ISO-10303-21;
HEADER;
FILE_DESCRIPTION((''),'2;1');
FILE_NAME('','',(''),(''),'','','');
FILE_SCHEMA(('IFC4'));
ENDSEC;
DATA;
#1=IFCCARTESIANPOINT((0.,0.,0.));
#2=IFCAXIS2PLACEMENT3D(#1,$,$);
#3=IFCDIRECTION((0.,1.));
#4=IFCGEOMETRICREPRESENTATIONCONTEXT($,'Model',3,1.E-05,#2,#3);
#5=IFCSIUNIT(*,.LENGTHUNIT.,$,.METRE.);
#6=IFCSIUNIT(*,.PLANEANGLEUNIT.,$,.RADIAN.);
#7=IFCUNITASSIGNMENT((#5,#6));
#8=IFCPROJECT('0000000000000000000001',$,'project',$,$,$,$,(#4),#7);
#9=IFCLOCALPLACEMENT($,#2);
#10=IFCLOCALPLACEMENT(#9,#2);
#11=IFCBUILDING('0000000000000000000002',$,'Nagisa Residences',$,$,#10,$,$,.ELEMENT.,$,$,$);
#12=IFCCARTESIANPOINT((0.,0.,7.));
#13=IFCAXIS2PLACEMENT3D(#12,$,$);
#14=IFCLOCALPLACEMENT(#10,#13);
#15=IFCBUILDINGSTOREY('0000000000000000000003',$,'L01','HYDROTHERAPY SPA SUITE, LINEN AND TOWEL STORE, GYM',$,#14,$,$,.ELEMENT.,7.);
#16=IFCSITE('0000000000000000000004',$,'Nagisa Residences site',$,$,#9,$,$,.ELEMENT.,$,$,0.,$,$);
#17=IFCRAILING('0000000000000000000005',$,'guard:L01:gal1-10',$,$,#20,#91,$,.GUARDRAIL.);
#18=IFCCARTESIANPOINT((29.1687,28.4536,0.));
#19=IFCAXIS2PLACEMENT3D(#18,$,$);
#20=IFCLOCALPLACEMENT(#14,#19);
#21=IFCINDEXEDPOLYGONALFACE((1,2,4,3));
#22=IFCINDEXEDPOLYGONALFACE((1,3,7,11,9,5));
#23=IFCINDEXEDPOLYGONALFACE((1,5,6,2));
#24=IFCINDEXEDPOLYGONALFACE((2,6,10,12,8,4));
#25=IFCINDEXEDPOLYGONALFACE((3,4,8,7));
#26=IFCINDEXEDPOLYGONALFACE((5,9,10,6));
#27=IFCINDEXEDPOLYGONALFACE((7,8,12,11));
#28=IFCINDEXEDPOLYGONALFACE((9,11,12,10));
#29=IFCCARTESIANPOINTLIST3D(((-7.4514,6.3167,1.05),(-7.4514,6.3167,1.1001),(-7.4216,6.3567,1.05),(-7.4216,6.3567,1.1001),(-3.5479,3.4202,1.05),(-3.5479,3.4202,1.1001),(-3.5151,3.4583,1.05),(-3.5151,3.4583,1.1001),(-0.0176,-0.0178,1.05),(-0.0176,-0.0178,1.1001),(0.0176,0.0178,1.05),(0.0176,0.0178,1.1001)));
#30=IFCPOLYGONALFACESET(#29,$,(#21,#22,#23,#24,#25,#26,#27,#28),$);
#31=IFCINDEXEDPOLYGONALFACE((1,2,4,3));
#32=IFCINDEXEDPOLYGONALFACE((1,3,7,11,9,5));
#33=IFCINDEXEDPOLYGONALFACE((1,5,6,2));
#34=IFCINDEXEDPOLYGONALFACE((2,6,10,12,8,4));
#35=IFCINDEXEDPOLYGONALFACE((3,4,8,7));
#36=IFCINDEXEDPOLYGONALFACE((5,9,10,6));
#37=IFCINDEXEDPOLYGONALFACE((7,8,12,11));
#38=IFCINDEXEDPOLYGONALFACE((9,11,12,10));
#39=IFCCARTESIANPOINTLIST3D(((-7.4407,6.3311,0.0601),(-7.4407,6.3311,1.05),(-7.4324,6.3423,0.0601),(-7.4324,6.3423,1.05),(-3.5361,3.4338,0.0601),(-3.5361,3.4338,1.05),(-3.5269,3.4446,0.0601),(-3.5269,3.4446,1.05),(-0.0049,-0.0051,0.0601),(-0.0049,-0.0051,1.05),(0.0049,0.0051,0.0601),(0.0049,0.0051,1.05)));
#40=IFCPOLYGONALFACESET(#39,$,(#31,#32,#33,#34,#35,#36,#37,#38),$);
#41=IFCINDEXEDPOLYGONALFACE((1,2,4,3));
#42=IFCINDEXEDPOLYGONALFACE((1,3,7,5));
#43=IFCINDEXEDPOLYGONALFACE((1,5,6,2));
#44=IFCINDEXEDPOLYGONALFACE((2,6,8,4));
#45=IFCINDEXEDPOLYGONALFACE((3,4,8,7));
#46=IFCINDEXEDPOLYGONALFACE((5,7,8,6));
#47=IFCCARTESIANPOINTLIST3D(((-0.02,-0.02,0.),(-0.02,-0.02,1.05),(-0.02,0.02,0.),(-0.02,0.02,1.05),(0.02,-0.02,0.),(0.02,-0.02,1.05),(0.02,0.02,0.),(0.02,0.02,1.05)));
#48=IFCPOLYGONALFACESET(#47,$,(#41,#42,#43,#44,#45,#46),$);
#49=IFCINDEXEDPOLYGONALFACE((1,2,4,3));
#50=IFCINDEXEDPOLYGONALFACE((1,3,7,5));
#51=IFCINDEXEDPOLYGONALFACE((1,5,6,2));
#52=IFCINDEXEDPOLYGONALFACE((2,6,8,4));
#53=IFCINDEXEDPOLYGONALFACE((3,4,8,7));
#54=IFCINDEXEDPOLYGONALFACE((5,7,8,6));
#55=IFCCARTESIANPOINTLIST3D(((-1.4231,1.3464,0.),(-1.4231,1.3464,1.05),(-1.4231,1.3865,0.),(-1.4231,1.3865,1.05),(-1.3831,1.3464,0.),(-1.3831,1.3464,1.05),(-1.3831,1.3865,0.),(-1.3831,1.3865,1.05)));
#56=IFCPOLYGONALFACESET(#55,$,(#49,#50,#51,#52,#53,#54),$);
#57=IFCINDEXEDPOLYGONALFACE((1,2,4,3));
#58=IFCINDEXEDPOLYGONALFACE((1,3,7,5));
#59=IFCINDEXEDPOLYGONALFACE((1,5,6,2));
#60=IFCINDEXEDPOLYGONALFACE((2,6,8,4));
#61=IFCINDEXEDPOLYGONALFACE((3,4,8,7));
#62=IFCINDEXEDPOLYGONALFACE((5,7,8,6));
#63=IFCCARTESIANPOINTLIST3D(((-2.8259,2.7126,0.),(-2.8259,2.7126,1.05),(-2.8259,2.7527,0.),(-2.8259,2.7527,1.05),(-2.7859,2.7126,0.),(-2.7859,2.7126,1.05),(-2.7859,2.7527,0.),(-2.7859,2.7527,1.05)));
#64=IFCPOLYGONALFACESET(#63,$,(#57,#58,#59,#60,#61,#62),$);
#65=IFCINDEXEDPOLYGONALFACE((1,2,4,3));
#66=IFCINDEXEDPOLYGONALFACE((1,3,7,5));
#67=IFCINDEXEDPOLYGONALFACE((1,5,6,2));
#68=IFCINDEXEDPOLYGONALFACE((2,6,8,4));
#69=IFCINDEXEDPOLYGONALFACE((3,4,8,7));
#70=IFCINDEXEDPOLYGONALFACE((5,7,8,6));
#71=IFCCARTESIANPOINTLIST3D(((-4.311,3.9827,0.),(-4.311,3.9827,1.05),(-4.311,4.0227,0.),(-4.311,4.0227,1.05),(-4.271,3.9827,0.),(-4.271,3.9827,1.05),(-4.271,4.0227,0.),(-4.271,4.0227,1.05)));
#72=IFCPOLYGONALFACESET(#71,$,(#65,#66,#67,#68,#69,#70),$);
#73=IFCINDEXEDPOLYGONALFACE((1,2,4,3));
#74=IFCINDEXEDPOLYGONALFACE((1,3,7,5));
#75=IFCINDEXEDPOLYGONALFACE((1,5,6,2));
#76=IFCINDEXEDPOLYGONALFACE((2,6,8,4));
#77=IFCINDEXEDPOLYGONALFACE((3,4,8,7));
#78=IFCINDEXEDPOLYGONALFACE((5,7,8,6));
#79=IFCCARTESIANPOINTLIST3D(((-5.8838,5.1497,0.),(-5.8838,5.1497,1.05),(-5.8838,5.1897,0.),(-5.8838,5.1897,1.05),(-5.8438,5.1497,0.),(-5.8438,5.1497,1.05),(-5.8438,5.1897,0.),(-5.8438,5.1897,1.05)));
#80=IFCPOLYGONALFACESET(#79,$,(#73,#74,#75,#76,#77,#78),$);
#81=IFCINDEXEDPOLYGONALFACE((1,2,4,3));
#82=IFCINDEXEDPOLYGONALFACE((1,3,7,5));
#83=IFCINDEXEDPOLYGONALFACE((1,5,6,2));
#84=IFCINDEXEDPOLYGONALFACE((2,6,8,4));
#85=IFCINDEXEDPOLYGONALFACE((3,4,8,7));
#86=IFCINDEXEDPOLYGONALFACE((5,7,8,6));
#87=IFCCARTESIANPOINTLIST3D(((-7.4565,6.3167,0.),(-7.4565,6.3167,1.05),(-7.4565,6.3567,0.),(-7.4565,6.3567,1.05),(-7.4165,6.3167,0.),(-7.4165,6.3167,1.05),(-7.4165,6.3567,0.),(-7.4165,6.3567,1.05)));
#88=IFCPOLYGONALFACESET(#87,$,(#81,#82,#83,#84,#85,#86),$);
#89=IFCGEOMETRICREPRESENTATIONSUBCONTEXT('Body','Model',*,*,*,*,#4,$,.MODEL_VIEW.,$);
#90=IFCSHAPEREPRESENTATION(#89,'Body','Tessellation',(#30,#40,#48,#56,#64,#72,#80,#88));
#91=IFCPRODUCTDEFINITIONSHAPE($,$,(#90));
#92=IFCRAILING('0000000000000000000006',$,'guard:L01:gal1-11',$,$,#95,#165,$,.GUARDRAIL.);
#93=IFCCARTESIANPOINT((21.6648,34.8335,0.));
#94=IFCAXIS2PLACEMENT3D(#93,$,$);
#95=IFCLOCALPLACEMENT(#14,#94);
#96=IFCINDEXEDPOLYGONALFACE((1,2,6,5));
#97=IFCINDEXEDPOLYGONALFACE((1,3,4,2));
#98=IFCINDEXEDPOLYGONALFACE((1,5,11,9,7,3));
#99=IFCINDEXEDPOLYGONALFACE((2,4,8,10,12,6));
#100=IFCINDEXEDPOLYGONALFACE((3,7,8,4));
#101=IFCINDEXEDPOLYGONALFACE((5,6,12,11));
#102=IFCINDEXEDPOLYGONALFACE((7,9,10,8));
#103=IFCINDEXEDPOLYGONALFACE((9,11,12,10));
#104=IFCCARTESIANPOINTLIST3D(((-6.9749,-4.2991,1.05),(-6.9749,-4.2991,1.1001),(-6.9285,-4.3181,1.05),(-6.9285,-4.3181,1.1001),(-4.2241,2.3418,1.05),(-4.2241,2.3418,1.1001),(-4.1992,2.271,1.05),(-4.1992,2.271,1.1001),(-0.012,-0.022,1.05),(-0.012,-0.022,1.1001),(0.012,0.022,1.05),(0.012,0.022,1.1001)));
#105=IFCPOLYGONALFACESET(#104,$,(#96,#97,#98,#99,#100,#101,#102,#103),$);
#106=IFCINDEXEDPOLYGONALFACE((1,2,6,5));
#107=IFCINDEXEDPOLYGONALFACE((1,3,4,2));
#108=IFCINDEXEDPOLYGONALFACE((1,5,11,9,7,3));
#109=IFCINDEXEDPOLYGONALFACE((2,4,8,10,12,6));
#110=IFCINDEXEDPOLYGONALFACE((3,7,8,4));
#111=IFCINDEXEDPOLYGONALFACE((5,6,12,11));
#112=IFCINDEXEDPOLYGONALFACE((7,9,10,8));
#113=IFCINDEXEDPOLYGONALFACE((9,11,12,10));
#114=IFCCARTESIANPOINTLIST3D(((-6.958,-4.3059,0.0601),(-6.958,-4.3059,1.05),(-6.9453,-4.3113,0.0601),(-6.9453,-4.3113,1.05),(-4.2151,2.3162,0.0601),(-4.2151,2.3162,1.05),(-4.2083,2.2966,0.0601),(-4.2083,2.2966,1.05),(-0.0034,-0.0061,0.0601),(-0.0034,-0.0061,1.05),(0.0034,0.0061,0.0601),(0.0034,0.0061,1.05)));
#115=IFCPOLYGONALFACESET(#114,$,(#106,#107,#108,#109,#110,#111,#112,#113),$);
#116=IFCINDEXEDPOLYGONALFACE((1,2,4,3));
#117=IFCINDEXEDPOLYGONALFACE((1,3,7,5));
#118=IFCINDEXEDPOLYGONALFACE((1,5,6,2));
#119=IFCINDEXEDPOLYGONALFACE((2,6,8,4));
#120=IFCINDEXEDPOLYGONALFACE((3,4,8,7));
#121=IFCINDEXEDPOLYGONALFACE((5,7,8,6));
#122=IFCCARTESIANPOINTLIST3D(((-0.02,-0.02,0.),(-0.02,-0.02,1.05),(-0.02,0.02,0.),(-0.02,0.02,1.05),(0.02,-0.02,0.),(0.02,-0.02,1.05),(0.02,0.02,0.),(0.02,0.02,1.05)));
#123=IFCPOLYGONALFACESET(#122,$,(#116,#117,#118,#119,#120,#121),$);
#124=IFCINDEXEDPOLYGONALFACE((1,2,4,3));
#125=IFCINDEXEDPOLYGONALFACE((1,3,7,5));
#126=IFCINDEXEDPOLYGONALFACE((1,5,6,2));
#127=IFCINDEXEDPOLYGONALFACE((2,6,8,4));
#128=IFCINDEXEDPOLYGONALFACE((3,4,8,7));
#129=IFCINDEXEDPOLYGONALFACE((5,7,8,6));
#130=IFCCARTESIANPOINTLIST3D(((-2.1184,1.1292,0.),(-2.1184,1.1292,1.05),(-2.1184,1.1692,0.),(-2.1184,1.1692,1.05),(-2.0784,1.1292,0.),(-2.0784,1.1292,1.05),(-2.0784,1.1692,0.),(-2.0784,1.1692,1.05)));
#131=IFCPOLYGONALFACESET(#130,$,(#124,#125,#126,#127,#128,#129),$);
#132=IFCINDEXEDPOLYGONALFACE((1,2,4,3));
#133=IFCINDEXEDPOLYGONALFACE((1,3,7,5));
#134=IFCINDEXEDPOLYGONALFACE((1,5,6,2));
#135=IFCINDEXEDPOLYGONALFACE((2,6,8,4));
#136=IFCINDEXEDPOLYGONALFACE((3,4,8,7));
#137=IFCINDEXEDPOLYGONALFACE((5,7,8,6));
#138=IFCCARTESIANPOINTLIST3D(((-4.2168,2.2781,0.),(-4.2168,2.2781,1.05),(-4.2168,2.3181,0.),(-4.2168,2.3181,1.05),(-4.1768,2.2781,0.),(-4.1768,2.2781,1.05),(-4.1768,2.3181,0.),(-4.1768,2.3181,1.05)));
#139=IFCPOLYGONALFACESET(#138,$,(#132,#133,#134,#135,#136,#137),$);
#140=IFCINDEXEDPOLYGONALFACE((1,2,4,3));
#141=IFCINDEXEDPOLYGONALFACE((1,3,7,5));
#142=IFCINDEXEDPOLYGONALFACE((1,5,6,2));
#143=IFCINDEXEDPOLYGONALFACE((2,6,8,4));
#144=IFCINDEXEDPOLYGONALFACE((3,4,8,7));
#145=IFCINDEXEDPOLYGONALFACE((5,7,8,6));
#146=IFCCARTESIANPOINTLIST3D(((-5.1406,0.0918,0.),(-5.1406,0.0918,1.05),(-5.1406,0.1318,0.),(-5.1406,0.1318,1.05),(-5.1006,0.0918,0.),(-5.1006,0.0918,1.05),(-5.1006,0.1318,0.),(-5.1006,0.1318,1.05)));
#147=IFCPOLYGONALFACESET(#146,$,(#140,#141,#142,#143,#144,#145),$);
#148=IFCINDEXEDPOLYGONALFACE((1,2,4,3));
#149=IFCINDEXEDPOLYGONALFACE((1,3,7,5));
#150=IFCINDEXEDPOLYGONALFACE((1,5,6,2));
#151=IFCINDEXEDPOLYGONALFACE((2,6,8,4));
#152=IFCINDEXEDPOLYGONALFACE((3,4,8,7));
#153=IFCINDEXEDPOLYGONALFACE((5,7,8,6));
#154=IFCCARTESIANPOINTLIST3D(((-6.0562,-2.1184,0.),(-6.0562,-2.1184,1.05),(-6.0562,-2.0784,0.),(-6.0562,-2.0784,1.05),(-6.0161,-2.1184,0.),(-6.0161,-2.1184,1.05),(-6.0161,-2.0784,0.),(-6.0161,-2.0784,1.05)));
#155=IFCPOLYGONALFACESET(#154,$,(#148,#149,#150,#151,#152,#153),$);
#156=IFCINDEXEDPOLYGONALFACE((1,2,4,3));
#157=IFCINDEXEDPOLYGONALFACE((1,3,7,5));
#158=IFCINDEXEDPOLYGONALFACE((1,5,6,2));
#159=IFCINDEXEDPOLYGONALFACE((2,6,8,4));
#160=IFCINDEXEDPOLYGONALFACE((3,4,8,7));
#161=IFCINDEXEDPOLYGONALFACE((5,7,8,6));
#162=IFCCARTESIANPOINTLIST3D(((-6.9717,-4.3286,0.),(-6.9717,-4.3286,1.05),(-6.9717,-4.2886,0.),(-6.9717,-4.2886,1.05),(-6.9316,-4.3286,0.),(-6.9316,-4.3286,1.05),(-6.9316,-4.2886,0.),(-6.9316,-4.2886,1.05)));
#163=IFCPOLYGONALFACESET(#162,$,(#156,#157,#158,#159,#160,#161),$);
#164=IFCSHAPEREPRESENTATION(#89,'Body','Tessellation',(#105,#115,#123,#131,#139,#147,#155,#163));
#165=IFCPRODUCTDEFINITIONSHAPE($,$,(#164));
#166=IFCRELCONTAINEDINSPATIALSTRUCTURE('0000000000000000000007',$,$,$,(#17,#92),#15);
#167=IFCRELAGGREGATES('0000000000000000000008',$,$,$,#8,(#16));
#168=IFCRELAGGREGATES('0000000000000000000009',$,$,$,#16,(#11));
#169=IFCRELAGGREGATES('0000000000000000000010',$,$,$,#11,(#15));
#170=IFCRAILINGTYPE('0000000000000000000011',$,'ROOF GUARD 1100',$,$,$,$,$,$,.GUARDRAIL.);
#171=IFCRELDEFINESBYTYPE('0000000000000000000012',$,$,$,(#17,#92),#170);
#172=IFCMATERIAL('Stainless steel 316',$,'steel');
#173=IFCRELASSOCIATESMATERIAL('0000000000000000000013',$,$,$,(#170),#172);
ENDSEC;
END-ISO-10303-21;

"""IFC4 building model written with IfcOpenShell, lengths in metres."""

from ifc_helpers import new_model, si_unit, direction, frame, origin, origin_2d, place, context, subcontext, project, spatial, polyline, rectangle, outline, extrude, material, type_object, element, save


model = new_model("IFC4")

# Units and contexts
model_context = context("Model", 3, precision=1e-05, world=origin(), true_north=direction((0.0, 1.0)))
body_context = subcontext(model_context, "Body", "Model", "MODEL_VIEW")
ifc_project = project(units=[si_unit("LENGTHUNIT", "METRE"), si_unit("PLANEANGLEUNIT", "RADIAN")], contexts=[model_context])

# Site, building, storey
site_placement = place(None, origin())
site = spatial("IfcSite", under=ifc_project, at=site_placement, Name="Nagisa Residences site", CompositionType="ELEMENT", RefElevation=0.0)
building_placement = place(site_placement, origin())
building = spatial("IfcBuilding", under=site, at=building_placement, Name="Nagisa Residences", CompositionType="ELEMENT")
storey_placement = place(building_placement, frame((0.0, 0.0, 7.0)))
storey = spatial("IfcBuildingStorey", under=building, at=storey_placement, Name="L01", Description="HYDROTHERAPY SPA SUITE, LINEN AND TOWEL STORE, GYM", CompositionType="ELEMENT", Elevation=7.0)

# Railings
ifc_material_1 = material(Name="Stainless steel 316", Category="steel")
railing_type = type_object("IfcRailingType", Name="ROOF GUARD 1100", PredefinedType="GUARDRAIL", material=ifc_material_1)
railing_1_placement = place(storey_placement, frame((29.1687, 28.4536, 0.0)))
element("IfcRailing", 1, at=railing_1_placement, inside=storey, type_object=railing_type, Name="guard:L01:gal1-10", PredefinedType="GUARDRAIL", context=body_context, shape_type="SweptSolid", body=[
    extrude(outline(polyline([(-3.5479, 3.4202), (-0.0176, -0.0178), (0.0176, 0.0178), (-3.5151, 3.4583), (-7.4216, 6.3567), (-7.4514, 6.3167), (-3.5479, 3.4202)])), frame((0.0, 0.0, 1.05)), (0.0, 0.0, 1.0), 0.05),
    extrude(outline(polyline([(-3.5361, 3.4338), (-0.0049, -0.0051), (0.0049, 0.0051), (-3.5269, 3.4446), (-7.4324, 6.3423), (-7.4407, 6.3311), (-3.5361, 3.4338)])), frame((0.0, 0.0, 0.0601)), (0.0, 0.0, 1.0), 0.99),
    extrude(rectangle(XDim=0.04, YDim=0.04, at=origin_2d()), origin(), (0.0, 0.0, 1.0), 1.05),
    extrude(rectangle(XDim=0.04, YDim=0.04, at=origin_2d()), frame((-1.4031, 1.3665, 0.0)), (0.0, 0.0, 1.0), 1.05),
    extrude(rectangle(XDim=0.04, YDim=0.04, at=origin_2d()), frame((-2.8059, 2.7327, 0.0)), (0.0, 0.0, 1.0), 1.05),
    extrude(rectangle(XDim=0.04, YDim=0.04, at=origin_2d()), frame((-4.291, 4.0027, 0.0)), (0.0, 0.0, 1.0), 1.05),
    extrude(rectangle(XDim=0.04, YDim=0.04, at=origin_2d()), frame((-5.8638, 5.1697, 0.0)), (0.0, 0.0, 1.0), 1.05),
    extrude(rectangle(XDim=0.04, YDim=0.04, at=origin_2d()), frame((-7.4365, 6.3367, 0.0)), (0.0, 0.0, 1.0), 1.05),
])
railing_2_placement = place(storey_placement, frame((21.6648, 34.8335, 0.0)))
element("IfcRailing", 2, at=railing_2_placement, inside=storey, type_object=railing_type, Name="guard:L01:gal1-11", PredefinedType="GUARDRAIL", context=body_context, shape_type="SweptSolid", body=[
    extrude(outline(polyline([(-4.1992, 2.271), (-0.012, -0.022), (0.012, 0.022), (-4.2241, 2.3418), (-6.9749, -4.2991), (-6.9285, -4.3181), (-4.1992, 2.271)])), frame((0.0, 0.0, 1.05)), (0.0, 0.0, 1.0), 0.05),
    extrude(outline(polyline([(-4.2083, 2.2966), (-0.0034, -0.0061), (0.0034, 0.0061), (-4.2151, 2.3162), (-6.958, -4.3059), (-6.9453, -4.3113), (-4.2083, 2.2966)])), frame((0.0, 0.0, 0.0601)), (0.0, 0.0, 1.0), 0.99),
    extrude(rectangle(XDim=0.04, YDim=0.04, at=origin_2d()), origin(), (0.0, 0.0, 1.0), 1.05),
    extrude(rectangle(XDim=0.04, YDim=0.04, at=origin_2d()), frame((-2.0984, 1.1492, 0.0)), (0.0, 0.0, 1.0), 1.05),
    extrude(rectangle(XDim=0.04, YDim=0.04, at=origin_2d()), frame((-4.1968, 2.2981, 0.0)), (0.0, 0.0, 1.0), 1.05),
    extrude(rectangle(XDim=0.04, YDim=0.04, at=origin_2d()), frame((-5.1206, 0.1118, 0.0)), (0.0, 0.0, 1.0), 1.05),
    extrude(rectangle(XDim=0.04, YDim=0.04, at=origin_2d()), frame((-6.0361, -2.0984, 0.0)), (0.0, 0.0, 1.0), 1.05),
    extrude(rectangle(XDim=0.04, YDim=0.04, at=origin_2d()), frame((-6.9517, -4.3086, 0.0)), (0.0, 0.0, 1.0), 1.05),
])

save(model, "model.ifc")
